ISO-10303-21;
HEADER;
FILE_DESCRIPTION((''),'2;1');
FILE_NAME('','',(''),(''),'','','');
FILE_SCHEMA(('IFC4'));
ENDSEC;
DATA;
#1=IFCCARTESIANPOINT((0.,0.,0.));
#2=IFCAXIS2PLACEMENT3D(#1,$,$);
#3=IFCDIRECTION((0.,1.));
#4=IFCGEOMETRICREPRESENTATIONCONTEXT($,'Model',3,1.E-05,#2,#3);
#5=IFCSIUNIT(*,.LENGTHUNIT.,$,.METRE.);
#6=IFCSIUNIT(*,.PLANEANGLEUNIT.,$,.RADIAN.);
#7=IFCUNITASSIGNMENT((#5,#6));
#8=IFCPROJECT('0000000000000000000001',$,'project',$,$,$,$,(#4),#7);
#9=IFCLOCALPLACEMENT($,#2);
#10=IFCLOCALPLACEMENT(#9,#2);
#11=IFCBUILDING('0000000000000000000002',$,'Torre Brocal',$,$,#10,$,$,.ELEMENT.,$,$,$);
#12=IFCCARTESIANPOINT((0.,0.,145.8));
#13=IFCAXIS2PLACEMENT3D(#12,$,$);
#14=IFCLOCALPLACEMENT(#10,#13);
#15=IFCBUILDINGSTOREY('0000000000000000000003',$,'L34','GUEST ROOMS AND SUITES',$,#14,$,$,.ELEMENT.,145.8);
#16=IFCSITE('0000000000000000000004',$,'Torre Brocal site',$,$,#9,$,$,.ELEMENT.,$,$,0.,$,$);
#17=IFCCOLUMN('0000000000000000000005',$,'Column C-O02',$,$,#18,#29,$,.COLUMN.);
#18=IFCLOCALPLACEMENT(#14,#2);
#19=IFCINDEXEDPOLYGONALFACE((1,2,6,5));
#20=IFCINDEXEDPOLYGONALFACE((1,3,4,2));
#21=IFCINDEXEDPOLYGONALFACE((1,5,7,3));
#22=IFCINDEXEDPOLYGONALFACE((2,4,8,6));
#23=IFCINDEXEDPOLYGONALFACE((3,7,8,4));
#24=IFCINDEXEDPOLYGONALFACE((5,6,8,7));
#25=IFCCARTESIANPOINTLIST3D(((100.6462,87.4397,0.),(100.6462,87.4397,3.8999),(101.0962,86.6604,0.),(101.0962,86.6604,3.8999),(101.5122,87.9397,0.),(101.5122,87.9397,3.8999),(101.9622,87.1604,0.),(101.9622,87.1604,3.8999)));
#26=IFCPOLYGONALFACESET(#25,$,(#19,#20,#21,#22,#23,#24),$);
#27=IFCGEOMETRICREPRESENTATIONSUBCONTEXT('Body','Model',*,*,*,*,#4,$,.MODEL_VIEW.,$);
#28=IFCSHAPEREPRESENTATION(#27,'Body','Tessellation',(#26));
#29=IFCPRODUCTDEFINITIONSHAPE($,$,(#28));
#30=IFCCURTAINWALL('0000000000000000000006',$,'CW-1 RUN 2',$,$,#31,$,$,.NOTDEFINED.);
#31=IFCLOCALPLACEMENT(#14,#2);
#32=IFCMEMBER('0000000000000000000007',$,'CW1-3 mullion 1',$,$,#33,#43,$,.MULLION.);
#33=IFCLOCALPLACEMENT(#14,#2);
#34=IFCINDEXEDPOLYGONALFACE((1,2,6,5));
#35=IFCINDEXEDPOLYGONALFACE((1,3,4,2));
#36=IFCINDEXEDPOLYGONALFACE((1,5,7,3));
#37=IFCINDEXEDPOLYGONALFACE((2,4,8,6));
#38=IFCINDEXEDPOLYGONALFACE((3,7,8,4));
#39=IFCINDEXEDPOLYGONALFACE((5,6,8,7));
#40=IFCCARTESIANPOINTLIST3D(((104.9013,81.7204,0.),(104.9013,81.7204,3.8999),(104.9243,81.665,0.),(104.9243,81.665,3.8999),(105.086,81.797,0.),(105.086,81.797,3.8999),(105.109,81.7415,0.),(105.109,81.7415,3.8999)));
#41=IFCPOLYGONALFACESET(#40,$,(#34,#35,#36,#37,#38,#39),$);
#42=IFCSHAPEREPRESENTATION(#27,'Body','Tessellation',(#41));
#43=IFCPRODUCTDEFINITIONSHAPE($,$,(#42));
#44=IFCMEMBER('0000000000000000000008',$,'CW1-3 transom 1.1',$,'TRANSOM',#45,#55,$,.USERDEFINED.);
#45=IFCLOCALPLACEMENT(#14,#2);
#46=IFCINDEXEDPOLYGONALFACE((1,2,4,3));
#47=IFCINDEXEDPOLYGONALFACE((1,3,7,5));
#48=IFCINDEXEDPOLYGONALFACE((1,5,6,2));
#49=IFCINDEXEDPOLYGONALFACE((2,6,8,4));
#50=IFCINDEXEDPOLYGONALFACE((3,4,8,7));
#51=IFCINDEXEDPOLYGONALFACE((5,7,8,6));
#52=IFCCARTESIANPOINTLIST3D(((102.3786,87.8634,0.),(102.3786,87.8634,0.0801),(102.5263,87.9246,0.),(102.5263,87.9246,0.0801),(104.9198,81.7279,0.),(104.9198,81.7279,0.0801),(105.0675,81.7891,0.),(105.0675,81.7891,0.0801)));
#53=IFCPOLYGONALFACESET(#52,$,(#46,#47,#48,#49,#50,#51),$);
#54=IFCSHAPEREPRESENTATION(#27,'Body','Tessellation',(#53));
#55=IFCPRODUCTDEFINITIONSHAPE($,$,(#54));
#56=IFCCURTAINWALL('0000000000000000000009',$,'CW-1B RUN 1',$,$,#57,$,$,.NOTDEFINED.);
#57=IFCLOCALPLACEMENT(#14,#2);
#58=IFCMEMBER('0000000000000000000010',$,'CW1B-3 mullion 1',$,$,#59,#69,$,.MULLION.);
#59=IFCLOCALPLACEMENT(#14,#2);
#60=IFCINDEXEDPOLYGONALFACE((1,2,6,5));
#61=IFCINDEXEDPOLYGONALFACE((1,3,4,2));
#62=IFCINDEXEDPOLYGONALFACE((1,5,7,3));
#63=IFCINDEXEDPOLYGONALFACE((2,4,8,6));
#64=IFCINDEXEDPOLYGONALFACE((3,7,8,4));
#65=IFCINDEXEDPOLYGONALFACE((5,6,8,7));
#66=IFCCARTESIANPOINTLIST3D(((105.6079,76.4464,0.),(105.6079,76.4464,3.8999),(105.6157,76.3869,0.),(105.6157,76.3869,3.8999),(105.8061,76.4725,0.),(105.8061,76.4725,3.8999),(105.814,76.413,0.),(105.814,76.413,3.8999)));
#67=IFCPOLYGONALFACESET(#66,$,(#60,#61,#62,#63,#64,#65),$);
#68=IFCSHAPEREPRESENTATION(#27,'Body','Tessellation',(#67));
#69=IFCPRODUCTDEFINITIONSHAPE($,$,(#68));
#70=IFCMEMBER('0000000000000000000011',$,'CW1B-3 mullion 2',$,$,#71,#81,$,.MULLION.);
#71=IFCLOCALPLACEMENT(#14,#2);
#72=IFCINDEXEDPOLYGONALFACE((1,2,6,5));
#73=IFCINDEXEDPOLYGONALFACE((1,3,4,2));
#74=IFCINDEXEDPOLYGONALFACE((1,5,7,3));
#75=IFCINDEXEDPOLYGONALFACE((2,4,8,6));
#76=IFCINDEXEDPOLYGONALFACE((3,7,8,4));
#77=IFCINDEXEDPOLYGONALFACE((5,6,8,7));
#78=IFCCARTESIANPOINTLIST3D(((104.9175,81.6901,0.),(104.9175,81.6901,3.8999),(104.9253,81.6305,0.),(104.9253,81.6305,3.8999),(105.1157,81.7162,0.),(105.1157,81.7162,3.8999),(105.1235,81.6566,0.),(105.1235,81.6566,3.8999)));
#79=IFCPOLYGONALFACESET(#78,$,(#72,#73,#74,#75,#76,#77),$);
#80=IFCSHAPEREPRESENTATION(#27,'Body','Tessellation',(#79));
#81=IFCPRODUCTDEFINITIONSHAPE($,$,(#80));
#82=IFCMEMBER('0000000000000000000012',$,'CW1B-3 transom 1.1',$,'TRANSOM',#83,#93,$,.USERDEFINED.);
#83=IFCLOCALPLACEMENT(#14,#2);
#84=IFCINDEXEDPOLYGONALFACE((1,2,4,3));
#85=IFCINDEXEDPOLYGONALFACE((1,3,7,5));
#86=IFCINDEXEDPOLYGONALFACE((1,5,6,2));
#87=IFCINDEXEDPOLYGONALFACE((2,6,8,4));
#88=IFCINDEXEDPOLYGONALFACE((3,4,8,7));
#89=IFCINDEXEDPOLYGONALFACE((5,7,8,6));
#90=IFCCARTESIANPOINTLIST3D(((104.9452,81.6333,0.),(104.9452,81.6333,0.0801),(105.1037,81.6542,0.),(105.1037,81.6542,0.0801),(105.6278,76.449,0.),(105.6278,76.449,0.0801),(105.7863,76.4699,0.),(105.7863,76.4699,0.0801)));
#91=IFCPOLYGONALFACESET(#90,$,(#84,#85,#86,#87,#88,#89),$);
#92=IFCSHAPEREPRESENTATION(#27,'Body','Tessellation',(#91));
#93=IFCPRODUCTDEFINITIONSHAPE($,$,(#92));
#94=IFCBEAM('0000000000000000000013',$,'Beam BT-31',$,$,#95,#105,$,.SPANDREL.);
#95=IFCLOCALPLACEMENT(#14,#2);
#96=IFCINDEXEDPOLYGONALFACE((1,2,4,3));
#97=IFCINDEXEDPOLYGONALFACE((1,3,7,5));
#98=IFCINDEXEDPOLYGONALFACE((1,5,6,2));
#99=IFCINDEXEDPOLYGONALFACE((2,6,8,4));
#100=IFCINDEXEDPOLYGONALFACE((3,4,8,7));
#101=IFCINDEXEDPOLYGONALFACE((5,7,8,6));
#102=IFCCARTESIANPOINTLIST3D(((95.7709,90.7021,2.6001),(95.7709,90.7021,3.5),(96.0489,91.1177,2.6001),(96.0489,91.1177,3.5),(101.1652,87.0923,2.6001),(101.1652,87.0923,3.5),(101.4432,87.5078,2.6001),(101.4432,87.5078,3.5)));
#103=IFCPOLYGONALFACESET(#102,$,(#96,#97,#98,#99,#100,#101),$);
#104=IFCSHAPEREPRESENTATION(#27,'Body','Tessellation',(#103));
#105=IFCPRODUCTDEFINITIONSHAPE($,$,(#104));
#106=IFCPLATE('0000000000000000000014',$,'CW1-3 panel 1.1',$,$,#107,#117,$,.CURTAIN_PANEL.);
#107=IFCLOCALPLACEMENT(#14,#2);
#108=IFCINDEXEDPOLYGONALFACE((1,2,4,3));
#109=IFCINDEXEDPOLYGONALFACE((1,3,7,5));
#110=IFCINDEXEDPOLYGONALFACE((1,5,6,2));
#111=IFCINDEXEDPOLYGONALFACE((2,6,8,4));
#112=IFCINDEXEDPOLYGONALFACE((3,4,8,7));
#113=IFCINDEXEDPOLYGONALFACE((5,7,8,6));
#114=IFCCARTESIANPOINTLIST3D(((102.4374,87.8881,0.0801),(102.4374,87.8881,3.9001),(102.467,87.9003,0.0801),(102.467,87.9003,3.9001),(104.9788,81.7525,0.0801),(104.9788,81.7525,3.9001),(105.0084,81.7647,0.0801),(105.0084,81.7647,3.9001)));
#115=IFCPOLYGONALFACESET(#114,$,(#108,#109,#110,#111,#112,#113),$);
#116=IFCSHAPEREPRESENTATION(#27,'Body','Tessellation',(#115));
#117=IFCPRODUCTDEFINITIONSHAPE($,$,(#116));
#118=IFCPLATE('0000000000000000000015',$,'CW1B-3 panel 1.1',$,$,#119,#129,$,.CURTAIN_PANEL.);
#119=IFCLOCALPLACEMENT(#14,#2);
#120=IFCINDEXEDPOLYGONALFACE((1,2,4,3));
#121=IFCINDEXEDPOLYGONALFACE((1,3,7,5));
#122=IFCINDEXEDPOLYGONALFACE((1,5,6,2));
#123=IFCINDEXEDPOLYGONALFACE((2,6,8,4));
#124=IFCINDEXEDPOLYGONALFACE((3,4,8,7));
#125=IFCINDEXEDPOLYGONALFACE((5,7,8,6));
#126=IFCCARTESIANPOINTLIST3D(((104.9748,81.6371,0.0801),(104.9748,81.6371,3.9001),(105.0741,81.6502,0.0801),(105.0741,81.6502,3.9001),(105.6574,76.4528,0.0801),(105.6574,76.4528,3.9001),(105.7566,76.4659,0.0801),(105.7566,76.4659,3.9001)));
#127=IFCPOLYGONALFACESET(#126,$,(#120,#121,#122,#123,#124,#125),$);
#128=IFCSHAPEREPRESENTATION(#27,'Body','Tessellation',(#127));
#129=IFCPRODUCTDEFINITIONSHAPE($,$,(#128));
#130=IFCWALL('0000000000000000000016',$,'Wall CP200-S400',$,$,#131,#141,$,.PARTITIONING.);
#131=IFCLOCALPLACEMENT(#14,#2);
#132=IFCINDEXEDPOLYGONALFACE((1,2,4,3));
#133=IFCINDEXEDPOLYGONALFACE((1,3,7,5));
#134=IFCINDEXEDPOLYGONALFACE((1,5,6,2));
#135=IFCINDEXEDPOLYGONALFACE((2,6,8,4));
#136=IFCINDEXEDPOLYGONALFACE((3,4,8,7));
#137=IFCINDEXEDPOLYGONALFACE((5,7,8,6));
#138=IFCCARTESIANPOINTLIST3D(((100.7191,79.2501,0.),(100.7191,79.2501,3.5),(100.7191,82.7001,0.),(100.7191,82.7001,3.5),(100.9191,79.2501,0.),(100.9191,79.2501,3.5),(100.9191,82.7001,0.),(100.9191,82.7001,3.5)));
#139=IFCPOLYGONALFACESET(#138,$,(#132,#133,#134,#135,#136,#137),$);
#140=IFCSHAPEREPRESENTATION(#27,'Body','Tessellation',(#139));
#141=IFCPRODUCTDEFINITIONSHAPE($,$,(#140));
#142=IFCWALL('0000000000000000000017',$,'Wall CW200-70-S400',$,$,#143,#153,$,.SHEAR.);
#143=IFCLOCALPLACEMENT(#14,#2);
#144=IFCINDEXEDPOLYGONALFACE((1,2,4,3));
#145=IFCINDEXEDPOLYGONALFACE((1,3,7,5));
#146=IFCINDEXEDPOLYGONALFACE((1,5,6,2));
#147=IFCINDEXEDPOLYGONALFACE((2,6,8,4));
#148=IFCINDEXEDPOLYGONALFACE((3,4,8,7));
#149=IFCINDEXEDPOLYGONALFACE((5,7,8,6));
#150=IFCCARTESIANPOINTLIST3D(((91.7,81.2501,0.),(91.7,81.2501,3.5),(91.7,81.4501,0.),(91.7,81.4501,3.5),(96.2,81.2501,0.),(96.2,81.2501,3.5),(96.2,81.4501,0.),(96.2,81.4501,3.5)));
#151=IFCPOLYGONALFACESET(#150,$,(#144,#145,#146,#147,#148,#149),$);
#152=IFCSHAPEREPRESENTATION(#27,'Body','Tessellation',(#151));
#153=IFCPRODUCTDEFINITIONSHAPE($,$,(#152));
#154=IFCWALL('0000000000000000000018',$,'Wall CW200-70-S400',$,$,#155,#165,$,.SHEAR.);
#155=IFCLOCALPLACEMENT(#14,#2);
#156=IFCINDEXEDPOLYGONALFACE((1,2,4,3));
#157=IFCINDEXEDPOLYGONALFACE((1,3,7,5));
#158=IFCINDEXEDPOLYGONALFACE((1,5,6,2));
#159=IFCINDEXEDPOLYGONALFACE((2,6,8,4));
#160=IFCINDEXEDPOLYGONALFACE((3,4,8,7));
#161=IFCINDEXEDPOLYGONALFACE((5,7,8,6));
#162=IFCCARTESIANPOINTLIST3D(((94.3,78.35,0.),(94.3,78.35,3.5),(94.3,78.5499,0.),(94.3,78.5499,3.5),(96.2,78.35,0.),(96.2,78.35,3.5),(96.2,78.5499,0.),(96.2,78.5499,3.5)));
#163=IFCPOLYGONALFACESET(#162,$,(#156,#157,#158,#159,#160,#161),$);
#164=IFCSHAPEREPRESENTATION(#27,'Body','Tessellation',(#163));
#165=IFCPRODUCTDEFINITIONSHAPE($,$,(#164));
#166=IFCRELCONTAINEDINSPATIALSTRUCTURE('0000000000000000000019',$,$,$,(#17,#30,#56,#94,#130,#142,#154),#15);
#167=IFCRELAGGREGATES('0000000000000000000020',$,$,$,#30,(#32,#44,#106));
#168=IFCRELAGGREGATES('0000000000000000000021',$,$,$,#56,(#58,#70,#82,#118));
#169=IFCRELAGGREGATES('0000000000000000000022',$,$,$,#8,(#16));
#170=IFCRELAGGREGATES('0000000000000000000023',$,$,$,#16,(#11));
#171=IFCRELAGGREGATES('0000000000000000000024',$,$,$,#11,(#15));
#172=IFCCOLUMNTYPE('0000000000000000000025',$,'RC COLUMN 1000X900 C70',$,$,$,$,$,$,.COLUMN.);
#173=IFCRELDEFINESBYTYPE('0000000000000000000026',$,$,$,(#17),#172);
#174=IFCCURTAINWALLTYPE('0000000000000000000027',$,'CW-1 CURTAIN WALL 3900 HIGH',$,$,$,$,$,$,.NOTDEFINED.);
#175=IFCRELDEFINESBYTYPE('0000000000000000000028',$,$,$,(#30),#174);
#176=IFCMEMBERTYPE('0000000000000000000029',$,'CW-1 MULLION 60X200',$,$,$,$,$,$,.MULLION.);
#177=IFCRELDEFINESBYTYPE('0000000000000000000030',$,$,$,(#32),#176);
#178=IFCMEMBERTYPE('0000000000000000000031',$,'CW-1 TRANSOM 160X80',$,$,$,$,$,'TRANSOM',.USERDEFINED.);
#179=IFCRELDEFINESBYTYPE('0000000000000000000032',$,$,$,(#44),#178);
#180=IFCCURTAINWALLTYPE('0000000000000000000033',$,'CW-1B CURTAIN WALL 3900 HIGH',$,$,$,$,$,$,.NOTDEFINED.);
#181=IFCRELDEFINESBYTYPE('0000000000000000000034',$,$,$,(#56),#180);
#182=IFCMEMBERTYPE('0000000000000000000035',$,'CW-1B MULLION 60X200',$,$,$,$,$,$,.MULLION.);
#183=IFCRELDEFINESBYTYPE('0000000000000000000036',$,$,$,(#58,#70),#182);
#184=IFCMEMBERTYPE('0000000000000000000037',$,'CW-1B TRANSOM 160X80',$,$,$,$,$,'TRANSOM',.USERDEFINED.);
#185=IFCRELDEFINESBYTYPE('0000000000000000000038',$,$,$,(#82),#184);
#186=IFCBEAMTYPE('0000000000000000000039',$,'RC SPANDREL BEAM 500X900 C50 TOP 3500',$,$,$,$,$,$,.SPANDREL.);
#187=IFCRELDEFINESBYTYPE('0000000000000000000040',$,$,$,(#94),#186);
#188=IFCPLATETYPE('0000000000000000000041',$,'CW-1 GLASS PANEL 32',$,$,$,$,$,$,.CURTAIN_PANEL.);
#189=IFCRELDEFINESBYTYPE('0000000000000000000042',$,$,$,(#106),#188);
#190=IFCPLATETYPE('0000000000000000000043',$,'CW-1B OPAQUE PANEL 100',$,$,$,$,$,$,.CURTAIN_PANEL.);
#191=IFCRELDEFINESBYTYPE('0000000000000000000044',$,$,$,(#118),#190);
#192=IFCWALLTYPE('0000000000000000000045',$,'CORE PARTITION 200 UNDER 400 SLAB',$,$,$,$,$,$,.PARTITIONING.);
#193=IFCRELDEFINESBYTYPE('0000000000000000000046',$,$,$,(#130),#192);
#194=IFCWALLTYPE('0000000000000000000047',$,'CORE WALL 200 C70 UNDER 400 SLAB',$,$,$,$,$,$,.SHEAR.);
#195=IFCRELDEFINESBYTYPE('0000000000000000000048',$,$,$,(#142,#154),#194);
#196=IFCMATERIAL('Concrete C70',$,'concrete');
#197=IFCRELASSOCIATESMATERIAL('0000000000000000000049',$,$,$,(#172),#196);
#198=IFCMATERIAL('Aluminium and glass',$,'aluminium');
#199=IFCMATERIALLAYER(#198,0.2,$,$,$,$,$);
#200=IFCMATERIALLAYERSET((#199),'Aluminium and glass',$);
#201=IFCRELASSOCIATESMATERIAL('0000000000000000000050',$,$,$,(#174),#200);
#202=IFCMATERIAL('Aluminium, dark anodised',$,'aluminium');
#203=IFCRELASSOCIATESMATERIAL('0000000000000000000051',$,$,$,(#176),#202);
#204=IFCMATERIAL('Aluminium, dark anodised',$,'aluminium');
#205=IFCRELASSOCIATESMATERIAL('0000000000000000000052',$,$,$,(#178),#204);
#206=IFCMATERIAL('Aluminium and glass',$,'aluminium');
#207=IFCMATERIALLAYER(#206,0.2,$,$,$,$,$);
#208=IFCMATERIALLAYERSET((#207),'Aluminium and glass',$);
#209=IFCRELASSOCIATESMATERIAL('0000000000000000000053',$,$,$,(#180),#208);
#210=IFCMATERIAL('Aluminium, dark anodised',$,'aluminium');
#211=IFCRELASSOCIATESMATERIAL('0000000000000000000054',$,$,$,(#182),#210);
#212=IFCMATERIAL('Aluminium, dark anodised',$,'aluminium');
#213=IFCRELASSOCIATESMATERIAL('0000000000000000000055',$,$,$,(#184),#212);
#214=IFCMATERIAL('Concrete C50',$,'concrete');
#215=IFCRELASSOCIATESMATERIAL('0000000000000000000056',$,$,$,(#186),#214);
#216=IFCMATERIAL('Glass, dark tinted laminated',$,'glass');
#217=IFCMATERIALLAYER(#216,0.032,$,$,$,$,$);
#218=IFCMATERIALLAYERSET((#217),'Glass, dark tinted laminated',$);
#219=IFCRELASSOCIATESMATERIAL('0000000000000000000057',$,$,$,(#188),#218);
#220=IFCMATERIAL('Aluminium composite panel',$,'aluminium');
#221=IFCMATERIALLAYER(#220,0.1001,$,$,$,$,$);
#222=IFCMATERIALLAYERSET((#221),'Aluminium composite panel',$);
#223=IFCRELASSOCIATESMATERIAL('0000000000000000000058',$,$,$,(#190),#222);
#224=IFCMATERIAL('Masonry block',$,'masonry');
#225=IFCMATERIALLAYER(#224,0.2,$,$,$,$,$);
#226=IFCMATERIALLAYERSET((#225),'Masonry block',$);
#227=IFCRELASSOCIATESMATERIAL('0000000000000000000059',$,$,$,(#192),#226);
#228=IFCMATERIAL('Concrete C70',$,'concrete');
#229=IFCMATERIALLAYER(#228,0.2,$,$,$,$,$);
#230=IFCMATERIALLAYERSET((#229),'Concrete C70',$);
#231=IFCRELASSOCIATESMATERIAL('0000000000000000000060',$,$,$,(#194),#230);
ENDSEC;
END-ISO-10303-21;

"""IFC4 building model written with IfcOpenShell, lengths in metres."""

from ifc_helpers import new_model, si_unit, direction, frame, frame_2d, origin, origin_2d, place, context, subcontext, project, spatial, rectangle, extrude, material, layer, layer_set, material_profile, profile_set, type_object, element, aggregate, save


model = new_model("IFC4")

# Units and contexts
model_context = context("Model", 3, precision=1e-05, world=origin(), true_north=direction((0.0, 1.0)))
body_context = subcontext(model_context, "Body", "Model", "MODEL_VIEW")
ifc_project = project(units=[si_unit("LENGTHUNIT", "METRE"), si_unit("PLANEANGLEUNIT", "RADIAN")], contexts=[model_context])

# Site, building, storey
site_placement = place(None, origin())
site = spatial("IfcSite", under=ifc_project, at=site_placement, Name="Torre Brocal site", CompositionType="ELEMENT", RefElevation=0.0)
building_placement = place(site_placement, origin())
building = spatial("IfcBuilding", under=site, at=building_placement, Name="Torre Brocal", CompositionType="ELEMENT")
storey_placement = place(building_placement, frame((0.0, 0.0, 145.8)))
storey = spatial("IfcBuildingStorey", under=building, at=storey_placement, Name="L34", Description="GUEST ROOMS AND SUITES", CompositionType="ELEMENT", Elevation=145.8)

# Column
ifc_material_1 = material(Name="Concrete C70", Category="concrete")
ifc_material_profile_1 = material_profile(ifc_material_1, rectangle(XDim=1.0, YDim=0.8999, at=origin_2d()), Name="RC 1000X900")
ifc_profile_set_1 = profile_set([ifc_material_profile_1], Name="Concrete C70")
column_type = type_object("IfcColumnType", Name="RC COLUMN 1000X900 C70", PredefinedType="COLUMN", material=ifc_profile_set_1)
column_placement = place(storey_placement, frame((101.3042, 87.3, 0.0), z_axis=(0.0, 0.0, 1.0), x_axis=(0.866025, 0.5, 0.0)))
element("IfcColumn", 1, at=column_placement, inside=storey, type_object=column_type, Name="Column C-O02", PredefinedType="COLUMN", context=body_context, shape_type="SweptSolid", body=[
    extrude(rectangle(XDim=1.0, YDim=0.8999, at=origin_2d()), origin(), (0.0, 0.0, 1.0), 3.8999),
])

# Curtain walls, members
ifc_material_2 = material(Name="Aluminium and glass", Category="aluminium")
ifc_layer_1 = layer(ifc_material_2, 0.2)
ifc_layer_set_1 = layer_set([ifc_layer_1], Name="Aluminium and glass")
curtain_wall_type_1 = type_object("IfcCurtainWallType", Name="CW-1 CURTAIN WALL 3900 HIGH", PredefinedType="NOTDEFINED", material=ifc_layer_set_1)
curtain_wall_1_placement = place(storey_placement, origin())
curtain_wall_1 = element("IfcCurtainWall", 2, at=curtain_wall_1_placement, inside=storey, type_object=curtain_wall_type_1, Name="CW-1 RUN 2", PredefinedType="NOTDEFINED")
ifc_material_3 = material(Name="Aluminium, dark anodised", Category="aluminium")
ifc_material_profile_2 = material_profile(ifc_material_3, rectangle(XDim=0.2, YDim=0.0601, at=origin_2d()), Name="CW-1 MULLION 60X200")
ifc_profile_set_2 = profile_set([ifc_material_profile_2], Name="Aluminium, dark anodised")
member_type_1 = type_object("IfcMemberType", Name="CW-1 MULLION 60X200", PredefinedType="MULLION", material=ifc_profile_set_2)
member_1_placement = place(storey_placement, frame((105.0051, 81.731, 0.0), z_axis=(0.0, 0.0, 1.0), x_axis=(-0.92388, -0.382683, 0.0)))
member_1 = element("IfcMember", 3, at=member_1_placement, type_object=member_type_1, Name="CW1-3 mullion 1", PredefinedType="MULLION", context=body_context, shape_type="SweptSolid", body=[
    extrude(rectangle(XDim=0.2, YDim=0.0601, at=origin_2d()), origin(), (0.0, 0.0, 1.0), 3.8999),
])
ifc_material_4 = material(Name="Aluminium, dark anodised", Category="aluminium")
ifc_material_profile_3 = material_profile(ifc_material_4, rectangle(XDim=0.1599, YDim=0.0801, at=origin_2d()), Name="CW-1 TRANSOM 160X80")
ifc_profile_set_3 = profile_set([ifc_material_profile_3], Name="Aluminium, dark anodised")
member_type_2 = type_object("IfcMemberType", Name="CW-1 TRANSOM 160X80", ElementType="TRANSOM", PredefinedType="USERDEFINED", material=ifc_profile_set_3)
member_2_placement = place(storey_placement, frame((104.9937, 81.7585, 0.04), z_axis=(-0.382665, 0.923887, 0.0), x_axis=(-0.923887, -0.382665, 0.0)))
member_2 = element("IfcMember", 4, at=member_2_placement, type_object=member_type_2, Name="CW1-3 transom 1.1", ObjectType="TRANSOM", PredefinedType="USERDEFINED", context=body_context, shape_type="SweptSolid", body=[
    extrude(rectangle(XDim=0.1599, YDim=0.0801, at=origin_2d()), origin(), (0.0, 0.0, 1.0), 6.6409),
])
ifc_material_5 = material(Name="Aluminium and glass", Category="aluminium")
ifc_layer_2 = layer(ifc_material_5, 0.2)
ifc_layer_set_2 = layer_set([ifc_layer_2], Name="Aluminium and glass")
curtain_wall_type_2 = type_object("IfcCurtainWallType", Name="CW-1B CURTAIN WALL 3900 HIGH", PredefinedType="NOTDEFINED", material=ifc_layer_set_2)
curtain_wall_2_placement = place(storey_placement, origin())
curtain_wall_2 = element("IfcCurtainWall", 5, at=curtain_wall_2_placement, inside=storey, type_object=curtain_wall_type_2, Name="CW-1B RUN 1", PredefinedType="NOTDEFINED")
ifc_material_6 = material(Name="Aluminium, dark anodised", Category="aluminium")
ifc_material_profile_4 = material_profile(ifc_material_6, rectangle(XDim=0.2, YDim=0.0601, at=origin_2d()), Name="CW-1B MULLION 60X200")
ifc_profile_set_4 = profile_set([ifc_material_profile_4], Name="Aluminium, dark anodised")
member_type_3 = type_object("IfcMemberType", Name="CW-1B MULLION 60X200", PredefinedType="MULLION", material=ifc_profile_set_4)
member_3_placement = place(storey_placement, frame((105.7109, 76.4297, 0.0), z_axis=(0.0, 0.0, 1.0), x_axis=(-0.991445, -0.130526, 0.0)))
member_3 = element("IfcMember", 6, at=member_3_placement, type_object=member_type_3, Name="CW1B-3 mullion 1", PredefinedType="MULLION", context=body_context, shape_type="SweptSolid", body=[
    extrude(rectangle(XDim=0.2, YDim=0.0601, at=origin_2d()), origin(), (0.0, 0.0, 1.0), 3.8999),
])
member_4_placement = place(storey_placement, frame((105.0205, 81.6733, 0.0), z_axis=(0.0, 0.0, 1.0), x_axis=(-0.991445, -0.130526, 0.0)))
member_4 = element("IfcMember", 7, at=member_4_placement, type_object=member_type_3, Name="CW1B-3 mullion 2", PredefinedType="MULLION", context=body_context, shape_type="SweptSolid", body=[
    extrude(rectangle(XDim=0.2, YDim=0.0601, at=origin_2d()), origin(), (0.0, 0.0, 1.0), 3.8999),
])
ifc_material_7 = material(Name="Aluminium, dark anodised", Category="aluminium")
ifc_material_profile_5 = material_profile(ifc_material_7, rectangle(XDim=0.1599, YDim=0.0801, at=origin_2d()), Name="CW-1B TRANSOM 160X80")
ifc_profile_set_5 = profile_set([ifc_material_profile_5], Name="Aluminium, dark anodised")
member_type_4 = type_object("IfcMemberType", Name="CW-1B TRANSOM 160X80", ElementType="TRANSOM", PredefinedType="USERDEFINED", material=ifc_profile_set_5)
member_5_placement = place(storey_placement, frame((105.707, 76.4595, 0.04), z_axis=(-0.130543, 0.991443, 0.0), x_axis=(-0.991443, -0.130543, 0.0)))
member_5 = element("IfcMember", 8, at=member_5_placement, type_object=member_type_4, Name="CW1B-3 transom 1.1", ObjectType="TRANSOM", PredefinedType="USERDEFINED", context=body_context, shape_type="SweptSolid", body=[
    extrude(rectangle(XDim=0.1599, YDim=0.0801, at=origin_2d()), origin(), (0.0, 0.0, 1.0), 5.229),
])

# Beam
ifc_material_8 = material(Name="Concrete C50", Category="concrete")
ifc_material_profile_6 = material_profile(ifc_material_8, rectangle(XDim=0.5, YDim=0.8999, at=origin_2d()), Name="RC 500X900")
ifc_profile_set_6 = profile_set([ifc_material_profile_6], Name="Concrete C50")
beam_type = type_object("IfcBeamType", Name="RC SPANDREL BEAM 500X900 C50 TOP 3500", PredefinedType="SPANDREL", material=ifc_profile_set_6)
beam_placement = place(storey_placement, frame((101.3042, 87.3, 3.05), z_axis=(-0.831077, 0.556158, 0.0), x_axis=(-0.556158, -0.831077, 0.0)))
element("IfcBeam", 9, at=beam_placement, inside=storey, type_object=beam_type, Name="Beam BT-31", PredefinedType="SPANDREL", context=body_context, shape_type="SweptSolid", body=[
    extrude(rectangle(XDim=0.5, YDim=0.8999, at=origin_2d()), origin(), (0.0, 0.0, 1.0), 6.4907),
])

# Plates
ifc_material_9 = material(Name="Glass, dark tinted laminated", Category="glass")
ifc_layer_3 = layer(ifc_material_9, 0.032)
ifc_layer_set_3 = layer_set([ifc_layer_3], Name="Glass, dark tinted laminated")
plate_type_1 = type_object("IfcPlateType", Name="CW-1 GLASS PANEL 32", PredefinedType="CURTAIN_PANEL", material=ifc_layer_set_3)
plate_1_placement = place(storey_placement, frame((103.7229, 84.8264, 0.0801), z_axis=(0.0, 0.0, 1.0), x_axis=(-0.382683, 0.92388, 0.0)))
plate_1 = element("IfcPlate", 10, at=plate_1_placement, type_object=plate_type_1, Name="CW1-3 panel 1.1", PredefinedType="CURTAIN_PANEL", context=body_context, shape_type="SweptSolid", body=[
    extrude(rectangle(XDim=6.6411, YDim=0.032, at=origin_2d()), origin(), (0.0, 0.0, 1.0), 3.8201),
])
aggregate(curtain_wall_1, [member_1, member_2, plate_1])
ifc_material_10 = material(Name="Aluminium composite panel", Category="aluminium")
ifc_layer_4 = layer(ifc_material_10, 0.1001)
ifc_layer_set_4 = layer_set([ifc_layer_4], Name="Aluminium composite panel")
plate_type_2 = type_object("IfcPlateType", Name="CW-1B OPAQUE PANEL 100", PredefinedType="CURTAIN_PANEL", material=ifc_layer_set_4)
plate_2_placement = place(storey_placement, frame((105.3657, 79.0515, 0.0801), z_axis=(0.0, 0.0, 1.0), x_axis=(-0.130526, 0.991445, 0.0)))
plate_2 = element("IfcPlate", 11, at=plate_2_placement, type_object=plate_type_2, Name="CW1B-3 panel 1.1", PredefinedType="CURTAIN_PANEL", context=body_context, shape_type="SweptSolid", body=[
    extrude(rectangle(XDim=5.229, YDim=0.1001, at=origin_2d()), origin(), (0.0, 0.0, 1.0), 3.8201),
])
aggregate(curtain_wall_2, [member_3, member_4, member_5, plate_2])

# Walls
ifc_material_11 = material(Name="Masonry block", Category="masonry")
ifc_layer_5 = layer(ifc_material_11, 0.2)
ifc_layer_set_5 = layer_set([ifc_layer_5], Name="Masonry block")
wall_type_1 = type_object("IfcWallType", Name="CORE PARTITION 200 UNDER 400 SLAB", PredefinedType="PARTITIONING", material=ifc_layer_set_5)
wall_1_placement = place(storey_placement, frame((100.8191, 79.25, 0.0), z_axis=(0.0, 0.0, 1.0), x_axis=(0.0, 1.0, 0.0)))
element("IfcWall", 12, at=wall_1_placement, inside=storey, type_object=wall_type_1, Name="Wall CP200-S400", PredefinedType="PARTITIONING", context=body_context, shape_type="SweptSolid", body=[
    extrude(rectangle(XDim=3.45, YDim=0.2, at=frame_2d((1.7251, 0.0))), origin(), (0.0, 0.0, 1.0), 3.5),
])
ifc_material_12 = material(Name="Concrete C70", Category="concrete")
ifc_layer_6 = layer(ifc_material_12, 0.2)
ifc_layer_set_6 = layer_set([ifc_layer_6], Name="Concrete C70")
wall_type_2 = type_object("IfcWallType", Name="CORE WALL 200 C70 UNDER 400 SLAB", PredefinedType="SHEAR", material=ifc_layer_set_6)
wall_2_placement = place(storey_placement, frame((91.7, 81.3501, 0.0), z_axis=(0.0, 0.0, 1.0), x_axis=(1.0, 0.0, 0.0)))
element("IfcWall", 13, at=wall_2_placement, inside=storey, type_object=wall_type_2, Name="Wall CW200-70-S400", PredefinedType="SHEAR", context=body_context, shape_type="SweptSolid", body=[
    extrude(rectangle(XDim=4.5, YDim=0.2, at=frame_2d((2.25, 0.0))), origin(), (0.0, 0.0, 1.0), 3.5),
])
wall_3_placement = place(storey_placement, frame((94.3, 78.45, 0.0), z_axis=(0.0, 0.0, 1.0), x_axis=(1.0, 0.0, 0.0)))
element("IfcWall", 14, at=wall_3_placement, inside=storey, type_object=wall_type_2, Name="Wall CW200-70-S400", PredefinedType="SHEAR", context=body_context, shape_type="SweptSolid", body=[
    extrude(rectangle(XDim=1.8999, YDim=0.2, at=frame_2d((0.95, 0.0))), origin(), (0.0, 0.0, 1.0), 3.5),
])

save(model, "model.ifc")
